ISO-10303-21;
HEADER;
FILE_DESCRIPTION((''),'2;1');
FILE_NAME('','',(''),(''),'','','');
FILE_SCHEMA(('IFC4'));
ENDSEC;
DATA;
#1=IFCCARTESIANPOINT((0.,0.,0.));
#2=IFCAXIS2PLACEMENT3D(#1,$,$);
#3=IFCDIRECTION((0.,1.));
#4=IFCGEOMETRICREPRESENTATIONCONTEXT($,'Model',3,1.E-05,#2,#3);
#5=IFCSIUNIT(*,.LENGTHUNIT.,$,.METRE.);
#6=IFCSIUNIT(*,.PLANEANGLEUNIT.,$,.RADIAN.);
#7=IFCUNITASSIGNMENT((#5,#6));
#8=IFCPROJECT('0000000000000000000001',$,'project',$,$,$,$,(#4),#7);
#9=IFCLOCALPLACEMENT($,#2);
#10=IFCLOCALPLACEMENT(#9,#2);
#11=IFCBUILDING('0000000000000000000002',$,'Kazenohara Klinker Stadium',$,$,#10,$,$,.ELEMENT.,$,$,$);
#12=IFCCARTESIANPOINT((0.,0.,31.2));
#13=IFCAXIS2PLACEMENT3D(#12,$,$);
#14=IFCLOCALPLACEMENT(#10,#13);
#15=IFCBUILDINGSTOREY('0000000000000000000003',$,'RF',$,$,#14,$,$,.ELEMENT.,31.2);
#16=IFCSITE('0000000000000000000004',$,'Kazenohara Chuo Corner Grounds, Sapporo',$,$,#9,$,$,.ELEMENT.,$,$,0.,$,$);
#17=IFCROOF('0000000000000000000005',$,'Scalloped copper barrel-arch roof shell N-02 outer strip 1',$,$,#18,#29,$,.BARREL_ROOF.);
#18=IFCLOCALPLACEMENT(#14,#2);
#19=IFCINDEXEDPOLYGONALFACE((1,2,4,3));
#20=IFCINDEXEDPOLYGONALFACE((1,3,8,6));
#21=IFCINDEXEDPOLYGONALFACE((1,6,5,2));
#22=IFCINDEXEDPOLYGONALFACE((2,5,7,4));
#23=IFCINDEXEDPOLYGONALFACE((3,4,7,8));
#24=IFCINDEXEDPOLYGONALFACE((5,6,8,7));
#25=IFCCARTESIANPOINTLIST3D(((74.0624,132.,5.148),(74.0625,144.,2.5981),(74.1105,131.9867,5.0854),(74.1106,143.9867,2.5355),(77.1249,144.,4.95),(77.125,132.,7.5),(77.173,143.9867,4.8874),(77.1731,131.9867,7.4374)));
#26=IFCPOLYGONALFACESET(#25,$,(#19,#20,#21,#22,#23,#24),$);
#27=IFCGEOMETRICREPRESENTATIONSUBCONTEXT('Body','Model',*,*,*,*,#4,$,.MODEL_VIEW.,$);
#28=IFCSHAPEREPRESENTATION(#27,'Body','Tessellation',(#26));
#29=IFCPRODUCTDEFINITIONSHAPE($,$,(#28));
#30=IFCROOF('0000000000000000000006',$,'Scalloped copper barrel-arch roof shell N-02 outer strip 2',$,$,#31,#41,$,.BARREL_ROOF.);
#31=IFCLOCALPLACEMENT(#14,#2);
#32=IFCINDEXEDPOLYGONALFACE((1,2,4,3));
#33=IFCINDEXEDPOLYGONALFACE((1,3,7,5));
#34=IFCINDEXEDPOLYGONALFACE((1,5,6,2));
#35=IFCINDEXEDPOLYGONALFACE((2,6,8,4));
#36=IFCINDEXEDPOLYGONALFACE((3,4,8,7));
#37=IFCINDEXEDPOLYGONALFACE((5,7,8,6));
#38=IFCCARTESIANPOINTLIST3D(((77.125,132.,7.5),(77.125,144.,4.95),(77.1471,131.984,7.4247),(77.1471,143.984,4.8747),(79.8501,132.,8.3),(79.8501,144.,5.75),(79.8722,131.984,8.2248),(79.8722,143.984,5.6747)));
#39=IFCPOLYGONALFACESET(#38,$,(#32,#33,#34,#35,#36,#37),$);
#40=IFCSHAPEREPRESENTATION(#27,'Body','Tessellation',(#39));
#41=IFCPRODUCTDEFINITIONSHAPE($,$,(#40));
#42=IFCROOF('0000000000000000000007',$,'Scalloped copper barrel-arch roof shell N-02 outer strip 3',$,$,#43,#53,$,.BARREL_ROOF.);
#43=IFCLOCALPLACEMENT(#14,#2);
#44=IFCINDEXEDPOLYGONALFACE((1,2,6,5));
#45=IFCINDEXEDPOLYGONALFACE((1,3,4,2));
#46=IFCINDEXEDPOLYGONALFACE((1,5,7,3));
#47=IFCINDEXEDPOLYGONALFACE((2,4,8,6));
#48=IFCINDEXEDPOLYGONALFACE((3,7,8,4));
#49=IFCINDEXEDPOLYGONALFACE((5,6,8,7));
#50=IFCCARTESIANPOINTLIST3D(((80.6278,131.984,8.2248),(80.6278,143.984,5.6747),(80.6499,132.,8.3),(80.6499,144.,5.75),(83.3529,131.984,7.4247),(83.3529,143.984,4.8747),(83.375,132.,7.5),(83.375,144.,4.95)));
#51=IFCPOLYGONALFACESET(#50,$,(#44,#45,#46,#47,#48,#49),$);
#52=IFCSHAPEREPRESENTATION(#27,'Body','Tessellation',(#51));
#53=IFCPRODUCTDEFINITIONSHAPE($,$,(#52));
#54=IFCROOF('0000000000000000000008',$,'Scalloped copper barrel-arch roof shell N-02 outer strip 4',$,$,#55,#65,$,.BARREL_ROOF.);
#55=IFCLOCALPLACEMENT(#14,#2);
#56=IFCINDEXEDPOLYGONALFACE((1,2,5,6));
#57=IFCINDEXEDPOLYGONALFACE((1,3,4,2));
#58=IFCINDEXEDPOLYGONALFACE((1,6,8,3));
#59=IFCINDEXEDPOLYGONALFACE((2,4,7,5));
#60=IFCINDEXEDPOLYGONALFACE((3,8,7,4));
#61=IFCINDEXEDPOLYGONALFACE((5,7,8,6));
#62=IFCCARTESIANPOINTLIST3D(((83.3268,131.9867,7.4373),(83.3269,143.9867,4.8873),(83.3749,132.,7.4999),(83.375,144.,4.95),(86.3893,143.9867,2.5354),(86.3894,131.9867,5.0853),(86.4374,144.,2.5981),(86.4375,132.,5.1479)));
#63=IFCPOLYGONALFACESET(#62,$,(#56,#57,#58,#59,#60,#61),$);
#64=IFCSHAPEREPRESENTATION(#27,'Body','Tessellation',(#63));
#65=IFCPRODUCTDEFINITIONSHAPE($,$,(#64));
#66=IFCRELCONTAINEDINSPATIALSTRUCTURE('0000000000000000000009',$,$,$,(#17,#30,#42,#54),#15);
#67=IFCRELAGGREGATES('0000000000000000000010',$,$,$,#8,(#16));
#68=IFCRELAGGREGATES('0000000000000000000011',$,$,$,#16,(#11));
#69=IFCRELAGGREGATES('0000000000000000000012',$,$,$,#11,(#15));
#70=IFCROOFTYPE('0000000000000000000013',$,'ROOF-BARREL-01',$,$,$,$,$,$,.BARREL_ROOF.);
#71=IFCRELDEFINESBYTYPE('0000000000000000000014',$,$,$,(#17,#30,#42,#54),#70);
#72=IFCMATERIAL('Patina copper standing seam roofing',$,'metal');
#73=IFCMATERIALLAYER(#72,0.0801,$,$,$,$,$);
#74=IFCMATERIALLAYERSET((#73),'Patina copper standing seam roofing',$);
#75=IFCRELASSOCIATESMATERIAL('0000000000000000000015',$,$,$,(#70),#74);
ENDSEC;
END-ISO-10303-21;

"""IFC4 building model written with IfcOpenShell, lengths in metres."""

from ifc_helpers import new_model, si_unit, direction, frame, origin, place, context, subcontext, project, spatial, polyline, outline, extrude, material, layer, layer_set, type_object, element, save


model = new_model("IFC4")

# Units and contexts
model_context = context("Model", 3, precision=1e-05, world=origin(), true_north=direction((0.0, 1.0)))
body_context = subcontext(model_context, "Body", "Model", "MODEL_VIEW")
ifc_project = project(units=[si_unit("LENGTHUNIT", "METRE"), si_unit("PLANEANGLEUNIT", "RADIAN")], contexts=[model_context])

# Site, building, storey
site_placement = place(None, origin())
site = spatial("IfcSite", under=ifc_project, at=site_placement, Name="Kazenohara Chuo Corner Grounds, Sapporo", CompositionType="ELEMENT", RefElevation=0.0)
building_placement = place(site_placement, origin())
building = spatial("IfcBuilding", under=site, at=building_placement, Name="Kazenohara Klinker Stadium", CompositionType="ELEMENT")
storey_placement = place(building_placement, frame((0.0, 0.0, 31.2)))
storey = spatial("IfcBuildingStorey", under=building, at=storey_placement, Name="RF", CompositionType="ELEMENT", Elevation=31.2)

# Roofs
ifc_material_1 = material(Name="Patina copper standing seam roofing", Category="metal")
ifc_layer_1 = layer(ifc_material_1, 0.0801)
ifc_layer_set_1 = layer_set([ifc_layer_1], Name="Patina copper standing seam roofing")
roof_type = type_object("IfcRoofType", Name="ROOF-BARREL-01", PredefinedType="BARREL_ROOF", material=ifc_layer_set_1)
roof_1_placement = place(storey_placement, frame((74.0625, 144.0, 2.5981), z_axis=(-0.600616, 0.166186, 0.782076), x_axis=(-0.000005, -0.978161, 0.20785)))
element("IfcRoof", 1, at=roof_1_placement, inside=storey, type_object=roof_type, Name="Scalloped copper barrel-arch roof shell N-02 outer strip 1", PredefinedType="BARREL_ROOF", context=body_context, shape_type="SweptSolid", body=[
    extrude(outline(polyline([(0.0, 0.0), (12.2679, 0.0), (12.7568, 3.8304), (0.4888, 3.8303), (0.0, 0.0)])), origin(), (0.0, 0.0, -1.0), 0.0801),
])
roof_2_placement = place(storey_placement, frame((77.125, 144.0, 4.95), z_axis=(-0.276017, 0.199788, 0.940159), x_axis=(0.0, -0.978158, 0.207863)))
element("IfcRoof", 2, at=roof_2_placement, inside=storey, type_object=roof_type, Name="Scalloped copper barrel-arch roof shell N-02 outer strip 2", PredefinedType="BARREL_ROOF", context=body_context, shape_type="SweptSolid", body=[
    extrude(outline(polyline([(0.0, 0.0), (12.268, 0.0), (12.4343, 2.8352), (0.1663, 2.8352), (0.0, 0.0)])), origin(), (0.0, 0.0, -1.0), 0.0801),
])
roof_3_placement = place(storey_placement, frame((80.6499, 144.0, 5.75), z_axis=(0.276017, 0.199788, 0.940159), x_axis=(0.0, -0.978158, 0.207863)))
element("IfcRoof", 3, at=roof_3_placement, inside=storey, type_object=roof_type, Name="Scalloped copper barrel-arch roof shell N-02 outer strip 3", PredefinedType="BARREL_ROOF", context=body_context, shape_type="SweptSolid", body=[
    extrude(outline(polyline([(0.0, 0.0), (12.268, 0.0), (12.1017, 2.8352), (-0.1663, 2.8352), (0.0, 0.0)])), origin(), (0.0, 0.0, -1.0), 0.0801),
])
roof_4_placement = place(storey_placement, frame((83.375, 144.0, 4.95), z_axis=(0.600616, 0.166186, 0.782076), x_axis=(-0.000005, -0.978159, 0.207856)))
element("IfcRoof", 4, at=roof_4_placement, inside=storey, type_object=roof_type, Name="Scalloped copper barrel-arch roof shell N-02 outer strip 4", PredefinedType="BARREL_ROOF", context=body_context, shape_type="SweptSolid", body=[
    extrude(outline(polyline([(0.0, 0.0), (12.268, 0.0), (11.7791, 3.8304), (-0.4889, 3.8303), (0.0, 0.0)])), origin(), (0.0, 0.0, -1.0), 0.0801),
])

save(model, "model.ifc")
